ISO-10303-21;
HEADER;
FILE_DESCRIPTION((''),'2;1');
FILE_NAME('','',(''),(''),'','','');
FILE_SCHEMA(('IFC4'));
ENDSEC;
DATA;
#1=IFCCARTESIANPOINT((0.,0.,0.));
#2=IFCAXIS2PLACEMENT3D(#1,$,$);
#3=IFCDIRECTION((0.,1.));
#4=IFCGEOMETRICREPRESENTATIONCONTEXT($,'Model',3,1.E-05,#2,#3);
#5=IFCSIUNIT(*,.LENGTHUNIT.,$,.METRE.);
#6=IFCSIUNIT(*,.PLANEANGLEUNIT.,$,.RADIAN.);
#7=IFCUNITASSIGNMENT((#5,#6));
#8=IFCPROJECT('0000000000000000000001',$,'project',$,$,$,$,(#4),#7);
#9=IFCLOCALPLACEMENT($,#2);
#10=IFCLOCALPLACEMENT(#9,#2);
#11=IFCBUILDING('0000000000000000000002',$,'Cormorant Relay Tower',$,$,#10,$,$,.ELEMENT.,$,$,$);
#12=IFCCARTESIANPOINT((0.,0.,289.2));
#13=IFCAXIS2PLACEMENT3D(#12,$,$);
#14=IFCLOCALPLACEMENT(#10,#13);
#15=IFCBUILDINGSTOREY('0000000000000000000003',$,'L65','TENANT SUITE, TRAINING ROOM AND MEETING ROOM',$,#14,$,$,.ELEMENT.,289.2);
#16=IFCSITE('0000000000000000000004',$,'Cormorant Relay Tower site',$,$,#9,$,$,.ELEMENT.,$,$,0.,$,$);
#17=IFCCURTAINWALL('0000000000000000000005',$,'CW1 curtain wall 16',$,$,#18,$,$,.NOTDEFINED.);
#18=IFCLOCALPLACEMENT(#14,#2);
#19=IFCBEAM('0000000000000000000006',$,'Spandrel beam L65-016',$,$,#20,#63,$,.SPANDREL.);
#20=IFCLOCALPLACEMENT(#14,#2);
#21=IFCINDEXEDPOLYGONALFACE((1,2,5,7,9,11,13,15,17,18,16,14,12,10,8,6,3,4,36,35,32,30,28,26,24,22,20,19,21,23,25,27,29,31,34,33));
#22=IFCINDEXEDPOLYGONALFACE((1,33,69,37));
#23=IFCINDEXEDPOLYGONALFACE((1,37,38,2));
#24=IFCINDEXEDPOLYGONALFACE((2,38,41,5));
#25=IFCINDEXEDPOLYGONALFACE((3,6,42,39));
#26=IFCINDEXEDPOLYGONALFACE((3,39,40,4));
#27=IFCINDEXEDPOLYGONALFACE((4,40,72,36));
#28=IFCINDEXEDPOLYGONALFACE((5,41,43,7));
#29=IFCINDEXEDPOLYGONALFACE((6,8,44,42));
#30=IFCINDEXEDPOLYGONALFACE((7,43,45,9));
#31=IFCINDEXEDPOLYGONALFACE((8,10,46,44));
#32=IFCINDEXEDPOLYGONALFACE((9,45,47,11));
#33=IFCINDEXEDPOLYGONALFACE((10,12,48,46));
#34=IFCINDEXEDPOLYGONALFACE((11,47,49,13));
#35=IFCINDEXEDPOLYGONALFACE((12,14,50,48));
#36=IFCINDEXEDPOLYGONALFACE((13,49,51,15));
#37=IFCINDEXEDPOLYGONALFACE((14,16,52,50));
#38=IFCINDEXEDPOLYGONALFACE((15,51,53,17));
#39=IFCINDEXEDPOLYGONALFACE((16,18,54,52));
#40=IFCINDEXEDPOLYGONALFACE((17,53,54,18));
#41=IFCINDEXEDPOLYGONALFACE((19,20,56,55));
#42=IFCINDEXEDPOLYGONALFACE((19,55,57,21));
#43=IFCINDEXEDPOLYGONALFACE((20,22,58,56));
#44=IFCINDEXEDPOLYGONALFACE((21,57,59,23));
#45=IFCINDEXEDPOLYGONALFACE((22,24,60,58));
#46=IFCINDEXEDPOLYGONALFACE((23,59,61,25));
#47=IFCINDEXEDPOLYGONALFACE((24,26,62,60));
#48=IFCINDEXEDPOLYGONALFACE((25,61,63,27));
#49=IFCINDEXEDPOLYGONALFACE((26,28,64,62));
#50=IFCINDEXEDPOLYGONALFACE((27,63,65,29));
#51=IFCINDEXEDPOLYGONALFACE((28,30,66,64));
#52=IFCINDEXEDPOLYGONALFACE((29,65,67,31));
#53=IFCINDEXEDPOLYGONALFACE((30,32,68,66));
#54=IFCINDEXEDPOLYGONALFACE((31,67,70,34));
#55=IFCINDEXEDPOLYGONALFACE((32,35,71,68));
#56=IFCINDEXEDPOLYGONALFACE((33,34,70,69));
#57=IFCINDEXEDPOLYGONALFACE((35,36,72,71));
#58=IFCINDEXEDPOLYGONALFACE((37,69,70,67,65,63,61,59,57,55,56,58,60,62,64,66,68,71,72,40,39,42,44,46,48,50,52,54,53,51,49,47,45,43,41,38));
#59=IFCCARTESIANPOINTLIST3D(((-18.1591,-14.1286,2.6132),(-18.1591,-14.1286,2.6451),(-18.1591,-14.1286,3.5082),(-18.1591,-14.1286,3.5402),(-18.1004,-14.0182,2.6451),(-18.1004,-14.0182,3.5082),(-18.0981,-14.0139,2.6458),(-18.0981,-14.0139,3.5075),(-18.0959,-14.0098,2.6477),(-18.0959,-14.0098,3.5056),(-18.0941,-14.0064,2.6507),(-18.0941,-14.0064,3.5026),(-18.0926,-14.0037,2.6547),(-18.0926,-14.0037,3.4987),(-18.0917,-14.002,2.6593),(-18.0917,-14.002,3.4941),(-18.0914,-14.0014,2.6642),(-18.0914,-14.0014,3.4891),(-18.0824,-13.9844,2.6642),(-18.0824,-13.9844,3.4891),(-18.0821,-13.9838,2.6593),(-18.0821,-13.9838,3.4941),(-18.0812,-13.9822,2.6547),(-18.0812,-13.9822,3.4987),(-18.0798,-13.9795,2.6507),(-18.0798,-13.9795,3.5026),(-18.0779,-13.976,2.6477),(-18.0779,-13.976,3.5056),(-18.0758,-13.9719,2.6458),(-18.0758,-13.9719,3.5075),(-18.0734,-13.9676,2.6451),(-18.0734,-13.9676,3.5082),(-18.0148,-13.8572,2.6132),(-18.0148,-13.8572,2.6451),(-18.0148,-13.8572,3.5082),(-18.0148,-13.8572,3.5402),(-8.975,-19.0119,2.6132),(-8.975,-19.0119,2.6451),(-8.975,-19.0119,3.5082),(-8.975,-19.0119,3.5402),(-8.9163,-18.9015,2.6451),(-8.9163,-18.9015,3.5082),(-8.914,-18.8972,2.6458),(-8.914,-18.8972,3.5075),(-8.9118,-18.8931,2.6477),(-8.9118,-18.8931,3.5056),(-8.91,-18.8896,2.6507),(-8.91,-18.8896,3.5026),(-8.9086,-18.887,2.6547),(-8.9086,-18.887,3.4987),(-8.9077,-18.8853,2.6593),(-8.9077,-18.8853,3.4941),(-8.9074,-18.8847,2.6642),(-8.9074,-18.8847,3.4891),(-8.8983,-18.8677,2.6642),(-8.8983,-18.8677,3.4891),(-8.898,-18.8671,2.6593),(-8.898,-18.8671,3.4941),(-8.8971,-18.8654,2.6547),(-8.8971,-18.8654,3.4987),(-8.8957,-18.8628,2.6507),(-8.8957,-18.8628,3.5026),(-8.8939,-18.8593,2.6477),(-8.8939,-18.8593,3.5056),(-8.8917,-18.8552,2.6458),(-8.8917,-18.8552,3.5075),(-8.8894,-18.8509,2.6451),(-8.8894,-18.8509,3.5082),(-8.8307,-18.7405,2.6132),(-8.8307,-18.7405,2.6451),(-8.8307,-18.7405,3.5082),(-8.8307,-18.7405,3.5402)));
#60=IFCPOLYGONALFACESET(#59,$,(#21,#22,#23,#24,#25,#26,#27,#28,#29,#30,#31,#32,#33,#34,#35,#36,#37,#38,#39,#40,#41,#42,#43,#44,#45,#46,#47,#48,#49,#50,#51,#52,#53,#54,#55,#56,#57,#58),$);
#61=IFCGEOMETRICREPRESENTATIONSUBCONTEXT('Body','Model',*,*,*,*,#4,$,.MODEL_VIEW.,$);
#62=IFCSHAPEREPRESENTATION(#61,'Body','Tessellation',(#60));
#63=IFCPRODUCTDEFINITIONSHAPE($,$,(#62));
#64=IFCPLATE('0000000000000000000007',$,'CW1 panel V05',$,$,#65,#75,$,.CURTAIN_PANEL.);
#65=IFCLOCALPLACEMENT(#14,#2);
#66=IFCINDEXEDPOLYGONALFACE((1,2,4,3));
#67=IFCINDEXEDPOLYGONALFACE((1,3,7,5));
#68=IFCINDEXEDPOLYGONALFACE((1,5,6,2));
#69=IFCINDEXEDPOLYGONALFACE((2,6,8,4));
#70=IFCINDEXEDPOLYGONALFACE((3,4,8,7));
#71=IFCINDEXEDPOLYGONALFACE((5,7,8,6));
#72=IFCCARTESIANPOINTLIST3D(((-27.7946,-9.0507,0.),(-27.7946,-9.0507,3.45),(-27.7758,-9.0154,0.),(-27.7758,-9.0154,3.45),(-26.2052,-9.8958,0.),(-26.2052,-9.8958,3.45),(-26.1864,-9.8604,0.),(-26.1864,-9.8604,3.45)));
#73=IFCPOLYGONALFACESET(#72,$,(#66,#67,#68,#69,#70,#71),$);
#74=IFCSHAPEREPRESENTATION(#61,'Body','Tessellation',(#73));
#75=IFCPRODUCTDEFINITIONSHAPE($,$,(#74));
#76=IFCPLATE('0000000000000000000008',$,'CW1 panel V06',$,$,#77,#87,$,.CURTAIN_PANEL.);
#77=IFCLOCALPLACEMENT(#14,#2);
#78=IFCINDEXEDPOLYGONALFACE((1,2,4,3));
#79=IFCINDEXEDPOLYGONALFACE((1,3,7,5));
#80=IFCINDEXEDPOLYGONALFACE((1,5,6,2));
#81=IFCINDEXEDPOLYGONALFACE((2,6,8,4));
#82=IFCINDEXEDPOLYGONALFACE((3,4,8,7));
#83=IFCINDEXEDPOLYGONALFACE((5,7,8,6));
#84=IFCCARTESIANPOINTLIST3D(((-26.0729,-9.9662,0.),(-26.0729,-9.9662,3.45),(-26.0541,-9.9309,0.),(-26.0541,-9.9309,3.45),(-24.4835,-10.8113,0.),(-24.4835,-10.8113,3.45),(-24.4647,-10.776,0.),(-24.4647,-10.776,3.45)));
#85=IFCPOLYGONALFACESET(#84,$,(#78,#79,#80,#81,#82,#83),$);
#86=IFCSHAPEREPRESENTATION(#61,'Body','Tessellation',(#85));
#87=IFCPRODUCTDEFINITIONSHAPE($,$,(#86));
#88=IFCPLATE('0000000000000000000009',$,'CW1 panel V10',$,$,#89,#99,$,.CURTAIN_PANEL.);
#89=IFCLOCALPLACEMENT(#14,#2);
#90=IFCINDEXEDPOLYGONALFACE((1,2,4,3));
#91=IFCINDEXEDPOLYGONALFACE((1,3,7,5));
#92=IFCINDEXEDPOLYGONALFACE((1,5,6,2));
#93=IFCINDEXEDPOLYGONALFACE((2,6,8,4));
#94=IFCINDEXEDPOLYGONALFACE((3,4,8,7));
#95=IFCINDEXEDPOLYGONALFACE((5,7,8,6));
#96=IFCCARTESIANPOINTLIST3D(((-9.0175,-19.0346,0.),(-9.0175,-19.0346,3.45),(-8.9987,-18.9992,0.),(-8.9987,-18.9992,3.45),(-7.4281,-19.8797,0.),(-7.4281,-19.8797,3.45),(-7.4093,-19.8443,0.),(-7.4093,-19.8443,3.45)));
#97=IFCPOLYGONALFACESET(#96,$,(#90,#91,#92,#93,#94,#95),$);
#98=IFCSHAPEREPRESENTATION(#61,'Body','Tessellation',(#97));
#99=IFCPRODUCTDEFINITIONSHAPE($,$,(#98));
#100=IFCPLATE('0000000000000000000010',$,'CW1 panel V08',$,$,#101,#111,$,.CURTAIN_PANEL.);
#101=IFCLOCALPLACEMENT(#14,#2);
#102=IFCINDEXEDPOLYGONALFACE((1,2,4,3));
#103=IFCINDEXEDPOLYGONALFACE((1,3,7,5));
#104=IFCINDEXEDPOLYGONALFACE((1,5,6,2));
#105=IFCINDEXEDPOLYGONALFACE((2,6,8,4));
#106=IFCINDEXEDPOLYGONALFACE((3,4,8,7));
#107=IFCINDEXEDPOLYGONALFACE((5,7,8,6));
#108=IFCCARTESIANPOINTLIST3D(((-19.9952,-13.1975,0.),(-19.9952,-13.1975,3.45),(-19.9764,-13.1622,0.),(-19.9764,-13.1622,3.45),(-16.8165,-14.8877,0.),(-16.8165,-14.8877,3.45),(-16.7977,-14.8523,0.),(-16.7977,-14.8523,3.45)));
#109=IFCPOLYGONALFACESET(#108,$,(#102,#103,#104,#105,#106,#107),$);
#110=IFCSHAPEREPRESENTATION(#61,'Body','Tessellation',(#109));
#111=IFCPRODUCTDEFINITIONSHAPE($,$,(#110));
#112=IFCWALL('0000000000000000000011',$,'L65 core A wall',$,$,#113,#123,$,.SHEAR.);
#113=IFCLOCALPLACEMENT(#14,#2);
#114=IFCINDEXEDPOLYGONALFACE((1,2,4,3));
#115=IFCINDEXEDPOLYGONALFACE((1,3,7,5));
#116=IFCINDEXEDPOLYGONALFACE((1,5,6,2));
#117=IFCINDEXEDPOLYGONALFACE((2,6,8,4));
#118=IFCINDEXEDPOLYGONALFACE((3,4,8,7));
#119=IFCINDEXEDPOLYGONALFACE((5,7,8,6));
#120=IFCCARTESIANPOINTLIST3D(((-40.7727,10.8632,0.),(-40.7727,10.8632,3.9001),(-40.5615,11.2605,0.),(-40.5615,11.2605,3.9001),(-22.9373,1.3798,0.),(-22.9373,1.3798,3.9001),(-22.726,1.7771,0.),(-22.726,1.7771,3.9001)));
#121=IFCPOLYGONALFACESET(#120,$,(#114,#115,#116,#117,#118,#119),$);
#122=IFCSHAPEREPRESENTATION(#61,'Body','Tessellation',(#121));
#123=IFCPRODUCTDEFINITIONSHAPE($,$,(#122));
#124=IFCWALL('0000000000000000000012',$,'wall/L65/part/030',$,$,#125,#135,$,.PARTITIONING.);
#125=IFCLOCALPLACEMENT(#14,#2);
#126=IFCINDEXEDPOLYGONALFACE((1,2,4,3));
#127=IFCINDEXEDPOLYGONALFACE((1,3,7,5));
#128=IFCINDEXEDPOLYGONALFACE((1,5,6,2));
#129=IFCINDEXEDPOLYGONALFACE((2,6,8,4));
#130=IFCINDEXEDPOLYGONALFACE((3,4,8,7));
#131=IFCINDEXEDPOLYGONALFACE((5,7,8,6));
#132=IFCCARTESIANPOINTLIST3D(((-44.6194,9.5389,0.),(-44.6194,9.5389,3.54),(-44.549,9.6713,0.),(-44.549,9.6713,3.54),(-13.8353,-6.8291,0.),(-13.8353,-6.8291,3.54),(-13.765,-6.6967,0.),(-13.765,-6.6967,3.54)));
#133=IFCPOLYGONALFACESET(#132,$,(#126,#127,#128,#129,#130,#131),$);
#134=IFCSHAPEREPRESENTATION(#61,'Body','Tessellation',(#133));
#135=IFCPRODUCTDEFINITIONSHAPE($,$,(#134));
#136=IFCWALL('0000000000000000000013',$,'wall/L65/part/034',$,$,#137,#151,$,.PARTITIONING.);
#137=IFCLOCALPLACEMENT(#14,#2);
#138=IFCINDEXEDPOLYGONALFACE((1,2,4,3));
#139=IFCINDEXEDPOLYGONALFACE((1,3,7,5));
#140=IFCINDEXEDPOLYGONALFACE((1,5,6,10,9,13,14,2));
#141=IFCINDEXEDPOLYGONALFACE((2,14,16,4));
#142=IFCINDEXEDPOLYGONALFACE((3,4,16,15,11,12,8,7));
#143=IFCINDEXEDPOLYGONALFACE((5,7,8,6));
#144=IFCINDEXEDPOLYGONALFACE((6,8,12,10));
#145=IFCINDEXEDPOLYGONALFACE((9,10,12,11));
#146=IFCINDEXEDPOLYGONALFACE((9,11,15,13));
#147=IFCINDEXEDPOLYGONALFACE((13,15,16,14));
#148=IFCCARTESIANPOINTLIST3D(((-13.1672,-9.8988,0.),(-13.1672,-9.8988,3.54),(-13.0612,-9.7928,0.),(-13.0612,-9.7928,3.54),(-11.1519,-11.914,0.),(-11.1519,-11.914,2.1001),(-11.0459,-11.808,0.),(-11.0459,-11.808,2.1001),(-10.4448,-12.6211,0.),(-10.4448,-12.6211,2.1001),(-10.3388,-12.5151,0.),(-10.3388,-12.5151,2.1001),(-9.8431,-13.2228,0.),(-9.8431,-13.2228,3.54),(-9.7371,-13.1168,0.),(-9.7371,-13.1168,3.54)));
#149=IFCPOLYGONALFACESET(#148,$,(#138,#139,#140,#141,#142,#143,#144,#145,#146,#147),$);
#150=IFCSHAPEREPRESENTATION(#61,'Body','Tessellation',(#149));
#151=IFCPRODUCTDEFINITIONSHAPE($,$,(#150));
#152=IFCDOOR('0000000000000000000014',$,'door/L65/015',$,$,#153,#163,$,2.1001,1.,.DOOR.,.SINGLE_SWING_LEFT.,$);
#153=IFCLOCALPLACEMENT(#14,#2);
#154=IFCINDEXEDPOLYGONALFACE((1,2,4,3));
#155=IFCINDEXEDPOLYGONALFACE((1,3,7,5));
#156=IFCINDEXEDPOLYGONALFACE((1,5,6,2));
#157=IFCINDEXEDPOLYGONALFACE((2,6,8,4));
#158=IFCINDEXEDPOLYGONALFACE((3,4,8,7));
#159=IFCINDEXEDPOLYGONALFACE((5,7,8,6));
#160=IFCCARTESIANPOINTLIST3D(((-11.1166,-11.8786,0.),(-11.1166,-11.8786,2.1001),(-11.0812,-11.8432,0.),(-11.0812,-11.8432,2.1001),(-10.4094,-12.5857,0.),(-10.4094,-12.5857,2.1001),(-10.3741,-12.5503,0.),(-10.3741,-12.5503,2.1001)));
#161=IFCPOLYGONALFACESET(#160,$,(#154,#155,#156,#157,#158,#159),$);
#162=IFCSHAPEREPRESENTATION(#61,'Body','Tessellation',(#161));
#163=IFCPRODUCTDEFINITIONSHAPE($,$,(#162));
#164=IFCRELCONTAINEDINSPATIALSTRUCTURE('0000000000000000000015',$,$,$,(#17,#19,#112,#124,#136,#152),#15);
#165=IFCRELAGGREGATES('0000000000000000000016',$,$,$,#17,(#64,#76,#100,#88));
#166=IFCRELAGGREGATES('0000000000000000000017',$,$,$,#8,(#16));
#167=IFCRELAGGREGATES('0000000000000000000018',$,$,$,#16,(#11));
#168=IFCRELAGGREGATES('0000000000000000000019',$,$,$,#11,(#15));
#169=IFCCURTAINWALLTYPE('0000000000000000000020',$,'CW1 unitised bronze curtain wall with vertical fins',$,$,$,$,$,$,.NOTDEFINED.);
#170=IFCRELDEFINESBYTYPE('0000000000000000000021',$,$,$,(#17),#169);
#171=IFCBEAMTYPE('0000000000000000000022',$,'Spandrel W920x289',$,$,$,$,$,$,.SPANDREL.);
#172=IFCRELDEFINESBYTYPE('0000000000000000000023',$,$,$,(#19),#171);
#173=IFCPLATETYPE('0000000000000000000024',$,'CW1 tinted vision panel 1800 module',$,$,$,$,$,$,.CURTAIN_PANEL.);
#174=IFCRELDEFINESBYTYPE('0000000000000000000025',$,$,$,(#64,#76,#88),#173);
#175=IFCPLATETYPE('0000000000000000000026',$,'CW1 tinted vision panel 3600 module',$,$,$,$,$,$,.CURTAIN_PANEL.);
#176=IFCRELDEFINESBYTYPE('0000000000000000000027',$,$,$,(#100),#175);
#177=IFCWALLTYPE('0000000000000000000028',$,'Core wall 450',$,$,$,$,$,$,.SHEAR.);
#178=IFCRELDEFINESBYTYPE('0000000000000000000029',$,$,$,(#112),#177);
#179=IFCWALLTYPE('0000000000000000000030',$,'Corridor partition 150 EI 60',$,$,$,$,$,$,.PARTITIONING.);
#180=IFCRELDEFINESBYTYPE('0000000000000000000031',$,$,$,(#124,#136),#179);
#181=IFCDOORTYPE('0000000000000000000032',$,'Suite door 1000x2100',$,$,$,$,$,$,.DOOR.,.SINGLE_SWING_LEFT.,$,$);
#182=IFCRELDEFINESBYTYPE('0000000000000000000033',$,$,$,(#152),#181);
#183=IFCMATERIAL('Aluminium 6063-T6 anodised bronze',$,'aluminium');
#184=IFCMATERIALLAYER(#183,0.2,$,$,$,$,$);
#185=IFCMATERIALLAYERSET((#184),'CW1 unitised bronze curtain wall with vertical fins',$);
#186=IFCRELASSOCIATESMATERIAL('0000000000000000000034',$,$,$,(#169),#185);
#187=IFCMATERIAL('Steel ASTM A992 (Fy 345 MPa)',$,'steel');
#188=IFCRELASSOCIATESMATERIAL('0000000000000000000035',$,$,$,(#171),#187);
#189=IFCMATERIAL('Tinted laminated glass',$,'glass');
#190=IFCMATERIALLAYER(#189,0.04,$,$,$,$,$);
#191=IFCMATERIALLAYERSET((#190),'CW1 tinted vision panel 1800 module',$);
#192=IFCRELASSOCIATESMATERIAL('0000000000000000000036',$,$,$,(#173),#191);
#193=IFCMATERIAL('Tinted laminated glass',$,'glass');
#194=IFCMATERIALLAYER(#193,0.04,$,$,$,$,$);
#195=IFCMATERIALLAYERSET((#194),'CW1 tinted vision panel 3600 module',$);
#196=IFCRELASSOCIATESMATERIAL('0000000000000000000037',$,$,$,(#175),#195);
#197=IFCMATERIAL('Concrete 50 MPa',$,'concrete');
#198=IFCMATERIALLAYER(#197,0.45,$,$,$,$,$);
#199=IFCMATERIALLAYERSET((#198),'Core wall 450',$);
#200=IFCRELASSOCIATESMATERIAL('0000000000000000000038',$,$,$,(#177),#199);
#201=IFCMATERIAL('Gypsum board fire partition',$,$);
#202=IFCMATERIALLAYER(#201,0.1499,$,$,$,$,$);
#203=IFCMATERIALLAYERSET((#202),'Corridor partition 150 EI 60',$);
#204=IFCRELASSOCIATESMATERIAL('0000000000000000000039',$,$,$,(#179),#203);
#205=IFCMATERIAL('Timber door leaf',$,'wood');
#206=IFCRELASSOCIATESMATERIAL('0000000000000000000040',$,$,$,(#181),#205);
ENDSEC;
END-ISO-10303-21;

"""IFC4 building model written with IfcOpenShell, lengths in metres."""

from ifc_helpers import new_model, si_unit, direction, frame, frame_2d, origin, origin_2d, place, context, subcontext, project, spatial, rectangle, i_section, extrude, material, layer, layer_set, material_profile, profile_set, type_object, element, fill, aggregate, save


model = new_model("IFC4")

# Units and contexts
model_context = context("Model", 3, precision=1e-05, world=origin(), true_north=direction((0.0, 1.0)))
body_context = subcontext(model_context, "Body", "Model", "MODEL_VIEW")
ifc_project = project(units=[si_unit("LENGTHUNIT", "METRE"), si_unit("PLANEANGLEUNIT", "RADIAN")], contexts=[model_context])

# Site, building, storey
site_placement = place(None, origin())
site = spatial("IfcSite", under=ifc_project, at=site_placement, Name="Cormorant Relay Tower site", CompositionType="ELEMENT", RefElevation=0.0)
building_placement = place(site_placement, origin())
building = spatial("IfcBuilding", under=site, at=building_placement, Name="Cormorant Relay Tower", CompositionType="ELEMENT")
storey_placement = place(building_placement, frame((0.0, 0.0, 289.2)))
storey = spatial("IfcBuildingStorey", under=building, at=storey_placement, Name="L65", Description="TENANT SUITE, TRAINING ROOM AND MEETING ROOM", CompositionType="ELEMENT", Elevation=289.2)

# Curtain wall
ifc_material_1 = material(Name="Aluminium 6063-T6 anodised bronze", Category="aluminium")
ifc_layer_1 = layer(ifc_material_1, 0.2)
ifc_layer_set_1 = layer_set([ifc_layer_1], Name="CW1 unitised bronze curtain wall with vertical fins")
curtain_wall_type = type_object("IfcCurtainWallType", Name="CW1 unitised bronze curtain wall with vertical fins", PredefinedType="NOTDEFINED", material=ifc_layer_set_1)
curtain_wall_placement = place(storey_placement, origin())
curtain_wall = element("IfcCurtainWall", 1, at=curtain_wall_placement, inside=storey, type_object=curtain_wall_type, Name="CW1 curtain wall 16", PredefinedType="NOTDEFINED")

# Beam
ifc_material_2 = material(Name="Steel ASTM A992 (Fy 345 MPa)", Category="steel")
ifc_material_profile_1 = material_profile(ifc_material_2, i_section(OverallWidth=0.3074, OverallDepth=0.927, WebThickness=0.0193, FlangeThickness=0.032, FilletRadius=0.019, at=origin_2d()), Name="W920x289")
ifc_profile_set_1 = profile_set([ifc_material_profile_1], Name="Steel ASTM A992 (Fy 345 MPa)")
beam_type = type_object("IfcBeamType", Name="Spandrel W920x289", PredefinedType="SPANDREL", material=ifc_profile_set_1)
beam_placement = place(storey_placement, frame((-18.0869, -13.9929, 3.0767), z_axis=(0.882946, -0.469474, 0.0), x_axis=(0.469474, 0.882946, 0.0)))
element("IfcBeam", 2, at=beam_placement, inside=storey, type_object=beam_type, Name="Spandrel beam L65-016", PredefinedType="SPANDREL", context=body_context, shape_type="SweptSolid", body=[
    extrude(i_section(OverallWidth=0.3074, OverallDepth=0.927, WebThickness=0.0193, FlangeThickness=0.032, FilletRadius=0.019, at=origin_2d()), origin(), (0.0, 0.0, 1.0), 10.4016),
])

# Plates
ifc_material_3 = material(Name="Tinted laminated glass", Category="glass")
ifc_layer_2 = layer(ifc_material_3, 0.04)
ifc_layer_set_2 = layer_set([ifc_layer_2], Name="CW1 tinted vision panel 1800 module")
plate_type_1 = type_object("IfcPlateType", Name="CW1 tinted vision panel 1800 module", PredefinedType="CURTAIN_PANEL", material=ifc_layer_set_2)
plate_1_placement = place(storey_placement, frame((-26.9905, -9.4556, 0.0), z_axis=(0.0, 0.0, 1.0), x_axis=(0.882948, -0.469472, 0.0)))
plate_1 = element("IfcPlate", 3, at=plate_1_placement, type_object=plate_type_1, Name="CW1 panel V05", PredefinedType="CURTAIN_PANEL", context=body_context, shape_type="SweptSolid", body=[
    extrude(rectangle(XDim=1.8, YDim=0.04, at=origin_2d()), origin(), (0.0, 0.0, 1.0), 3.45),
])
plate_2_placement = place(storey_placement, frame((-25.2688, -10.3711, 0.0), z_axis=(0.0, 0.0, 1.0), x_axis=(0.882948, -0.469472, 0.0)))
plate_2 = element("IfcPlate", 4, at=plate_2_placement, type_object=plate_type_1, Name="CW1 panel V06", PredefinedType="CURTAIN_PANEL", context=body_context, shape_type="SweptSolid", body=[
    extrude(rectangle(XDim=1.8, YDim=0.04, at=origin_2d()), origin(), (0.0, 0.0, 1.0), 3.45),
])
plate_3_placement = place(storey_placement, frame((-8.2134, -19.4395, 0.0), z_axis=(0.0, 0.0, 1.0), x_axis=(0.882948, -0.469472, 0.0)))
plate_3 = element("IfcPlate", 5, at=plate_3_placement, type_object=plate_type_1, Name="CW1 panel V10", PredefinedType="CURTAIN_PANEL", context=body_context, shape_type="SweptSolid", body=[
    extrude(rectangle(XDim=1.8, YDim=0.04, at=origin_2d()), origin(), (0.0, 0.0, 1.0), 3.45),
])
ifc_material_4 = material(Name="Tinted laminated glass", Category="glass")
ifc_layer_3 = layer(ifc_material_4, 0.04)
ifc_layer_set_3 = layer_set([ifc_layer_3], Name="CW1 tinted vision panel 3600 module")
plate_type_2 = type_object("IfcPlateType", Name="CW1 tinted vision panel 3600 module", PredefinedType="CURTAIN_PANEL", material=ifc_layer_set_3)
plate_4_placement = place(storey_placement, frame((-18.3965, -14.0249, 0.0), z_axis=(0.0, 0.0, 1.0), x_axis=(0.882948, -0.469472, 0.0)))
plate_4 = element("IfcPlate", 6, at=plate_4_placement, type_object=plate_type_2, Name="CW1 panel V08", PredefinedType="CURTAIN_PANEL", context=body_context, shape_type="SweptSolid", body=[
    extrude(rectangle(XDim=3.6001, YDim=0.04, at=origin_2d()), origin(), (0.0, 0.0, 1.0), 3.45),
])

# Walls
ifc_material_5 = material(Name="Concrete 50 MPa", Category="concrete")
ifc_layer_4 = layer(ifc_material_5, 0.45)
ifc_layer_set_4 = layer_set([ifc_layer_4], Name="Core wall 450")
wall_type_1 = type_object("IfcWallType", Name="Core wall 450", PredefinedType="SHEAR", material=ifc_layer_set_4)
wall_1_placement = place(storey_placement, frame((-22.8315, 1.5784, 0.0), z_axis=(0.0, 0.0, 1.0), x_axis=(-0.882945, 0.469476, 0.0)))
element("IfcWall", 7, at=wall_1_placement, inside=storey, type_object=wall_type_1, Name="L65 core A wall", PredefinedType="SHEAR", context=body_context, shape_type="SweptSolid", body=[
    extrude(rectangle(XDim=20.2, YDim=0.45, at=frame_2d((10.1001, 0.0))), origin(), (0.0, 0.0, 1.0), 3.9001),
])
ifc_material_6 = material(Name="Gypsum board fire partition")
ifc_layer_5 = layer(ifc_material_6, 0.1499)
ifc_layer_set_5 = layer_set([ifc_layer_5], Name="Corridor partition 150 EI 60")
wall_type_2 = type_object("IfcWallType", Name="Corridor partition 150 EI 60", PredefinedType="PARTITIONING", material=ifc_layer_set_5)
wall_2_placement = place(storey_placement, frame((-13.8, -6.7629, 0.0), z_axis=(0.0, 0.0, 1.0), x_axis=(-0.88295, 0.469467, 0.0)))
element("IfcWall", 8, at=wall_2_placement, inside=storey, type_object=wall_type_2, Name="wall/L65/part/030", PredefinedType="PARTITIONING", context=body_context, shape_type="SweptSolid", body=[
    extrude(rectangle(XDim=34.865, YDim=0.1499, at=frame_2d((17.4326, 0.0))), origin(), (0.0, 0.0, 1.0), 3.54),
])

# Wall, opening, door
wall_3_placement = place(storey_placement, frame((-9.79, -13.1699, 0.0), z_axis=(0.0, 0.0, 1.0), x_axis=(-0.707107, 0.707107, 0.0)))
wall_3 = element("IfcWall", 9, at=wall_3_placement, inside=storey, type_object=wall_type_2, Name="wall/L65/part/034", PredefinedType="PARTITIONING", context=body_context, shape_type="SweptSolid", body=[
    extrude(rectangle(XDim=4.7009, YDim=0.1499, at=frame_2d((2.3506, 0.0))), origin(), (0.0, 0.0, 1.0), 3.54),
])
opening_1_placement = place(wall_3_placement, frame((0.8511, 0.0, 0.0)))
opening_1 = element("IfcOpeningElement", 10, at=opening_1_placement, cuts=wall_3, PredefinedType="OPENING", context=body_context, shape_type="SweptSolid", body=[
    extrude(rectangle(XDim=1.0, YDim=2.1001, at=frame_2d((0.5, 1.05))), frame((0.0, 0.085, 0.0), z_axis=(0.0, -1.0, 0.0), x_axis=(1.0, 0.0, 0.0)), (0.0, 0.0, 1.0), 0.1699),
])
ifc_material_7 = material(Name="Timber door leaf", Category="wood")
door_type = type_object("IfcDoorType", Name="Suite door 1000x2100", OperationType="SINGLE_SWING_LEFT", PredefinedType="DOOR", material=ifc_material_7)
door_1_placement = place(opening_1_placement, origin())
door_1 = element("IfcDoor", 11, at=door_1_placement, inside=storey, type_object=door_type, Name="door/L65/015", OperationType="SINGLE_SWING_LEFT", OverallHeight=2.1001, OverallWidth=1.0, PredefinedType="DOOR", context=body_context, shape_type="SweptSolid", body=[
    extrude(rectangle(XDim=1.0, YDim=2.1001, at=frame_2d((0.5, 1.05))), frame((0.0, 0.0249, 0.0), z_axis=(0.0, -1.0, 0.0), x_axis=(1.0, 0.0, 0.0)), (0.0, 0.0, 1.0), 0.05),
])
fill(opening_1, door_1)

aggregate(curtain_wall, [plate_1, plate_2, plate_4, plate_3])

save(model, "model.ifc")
